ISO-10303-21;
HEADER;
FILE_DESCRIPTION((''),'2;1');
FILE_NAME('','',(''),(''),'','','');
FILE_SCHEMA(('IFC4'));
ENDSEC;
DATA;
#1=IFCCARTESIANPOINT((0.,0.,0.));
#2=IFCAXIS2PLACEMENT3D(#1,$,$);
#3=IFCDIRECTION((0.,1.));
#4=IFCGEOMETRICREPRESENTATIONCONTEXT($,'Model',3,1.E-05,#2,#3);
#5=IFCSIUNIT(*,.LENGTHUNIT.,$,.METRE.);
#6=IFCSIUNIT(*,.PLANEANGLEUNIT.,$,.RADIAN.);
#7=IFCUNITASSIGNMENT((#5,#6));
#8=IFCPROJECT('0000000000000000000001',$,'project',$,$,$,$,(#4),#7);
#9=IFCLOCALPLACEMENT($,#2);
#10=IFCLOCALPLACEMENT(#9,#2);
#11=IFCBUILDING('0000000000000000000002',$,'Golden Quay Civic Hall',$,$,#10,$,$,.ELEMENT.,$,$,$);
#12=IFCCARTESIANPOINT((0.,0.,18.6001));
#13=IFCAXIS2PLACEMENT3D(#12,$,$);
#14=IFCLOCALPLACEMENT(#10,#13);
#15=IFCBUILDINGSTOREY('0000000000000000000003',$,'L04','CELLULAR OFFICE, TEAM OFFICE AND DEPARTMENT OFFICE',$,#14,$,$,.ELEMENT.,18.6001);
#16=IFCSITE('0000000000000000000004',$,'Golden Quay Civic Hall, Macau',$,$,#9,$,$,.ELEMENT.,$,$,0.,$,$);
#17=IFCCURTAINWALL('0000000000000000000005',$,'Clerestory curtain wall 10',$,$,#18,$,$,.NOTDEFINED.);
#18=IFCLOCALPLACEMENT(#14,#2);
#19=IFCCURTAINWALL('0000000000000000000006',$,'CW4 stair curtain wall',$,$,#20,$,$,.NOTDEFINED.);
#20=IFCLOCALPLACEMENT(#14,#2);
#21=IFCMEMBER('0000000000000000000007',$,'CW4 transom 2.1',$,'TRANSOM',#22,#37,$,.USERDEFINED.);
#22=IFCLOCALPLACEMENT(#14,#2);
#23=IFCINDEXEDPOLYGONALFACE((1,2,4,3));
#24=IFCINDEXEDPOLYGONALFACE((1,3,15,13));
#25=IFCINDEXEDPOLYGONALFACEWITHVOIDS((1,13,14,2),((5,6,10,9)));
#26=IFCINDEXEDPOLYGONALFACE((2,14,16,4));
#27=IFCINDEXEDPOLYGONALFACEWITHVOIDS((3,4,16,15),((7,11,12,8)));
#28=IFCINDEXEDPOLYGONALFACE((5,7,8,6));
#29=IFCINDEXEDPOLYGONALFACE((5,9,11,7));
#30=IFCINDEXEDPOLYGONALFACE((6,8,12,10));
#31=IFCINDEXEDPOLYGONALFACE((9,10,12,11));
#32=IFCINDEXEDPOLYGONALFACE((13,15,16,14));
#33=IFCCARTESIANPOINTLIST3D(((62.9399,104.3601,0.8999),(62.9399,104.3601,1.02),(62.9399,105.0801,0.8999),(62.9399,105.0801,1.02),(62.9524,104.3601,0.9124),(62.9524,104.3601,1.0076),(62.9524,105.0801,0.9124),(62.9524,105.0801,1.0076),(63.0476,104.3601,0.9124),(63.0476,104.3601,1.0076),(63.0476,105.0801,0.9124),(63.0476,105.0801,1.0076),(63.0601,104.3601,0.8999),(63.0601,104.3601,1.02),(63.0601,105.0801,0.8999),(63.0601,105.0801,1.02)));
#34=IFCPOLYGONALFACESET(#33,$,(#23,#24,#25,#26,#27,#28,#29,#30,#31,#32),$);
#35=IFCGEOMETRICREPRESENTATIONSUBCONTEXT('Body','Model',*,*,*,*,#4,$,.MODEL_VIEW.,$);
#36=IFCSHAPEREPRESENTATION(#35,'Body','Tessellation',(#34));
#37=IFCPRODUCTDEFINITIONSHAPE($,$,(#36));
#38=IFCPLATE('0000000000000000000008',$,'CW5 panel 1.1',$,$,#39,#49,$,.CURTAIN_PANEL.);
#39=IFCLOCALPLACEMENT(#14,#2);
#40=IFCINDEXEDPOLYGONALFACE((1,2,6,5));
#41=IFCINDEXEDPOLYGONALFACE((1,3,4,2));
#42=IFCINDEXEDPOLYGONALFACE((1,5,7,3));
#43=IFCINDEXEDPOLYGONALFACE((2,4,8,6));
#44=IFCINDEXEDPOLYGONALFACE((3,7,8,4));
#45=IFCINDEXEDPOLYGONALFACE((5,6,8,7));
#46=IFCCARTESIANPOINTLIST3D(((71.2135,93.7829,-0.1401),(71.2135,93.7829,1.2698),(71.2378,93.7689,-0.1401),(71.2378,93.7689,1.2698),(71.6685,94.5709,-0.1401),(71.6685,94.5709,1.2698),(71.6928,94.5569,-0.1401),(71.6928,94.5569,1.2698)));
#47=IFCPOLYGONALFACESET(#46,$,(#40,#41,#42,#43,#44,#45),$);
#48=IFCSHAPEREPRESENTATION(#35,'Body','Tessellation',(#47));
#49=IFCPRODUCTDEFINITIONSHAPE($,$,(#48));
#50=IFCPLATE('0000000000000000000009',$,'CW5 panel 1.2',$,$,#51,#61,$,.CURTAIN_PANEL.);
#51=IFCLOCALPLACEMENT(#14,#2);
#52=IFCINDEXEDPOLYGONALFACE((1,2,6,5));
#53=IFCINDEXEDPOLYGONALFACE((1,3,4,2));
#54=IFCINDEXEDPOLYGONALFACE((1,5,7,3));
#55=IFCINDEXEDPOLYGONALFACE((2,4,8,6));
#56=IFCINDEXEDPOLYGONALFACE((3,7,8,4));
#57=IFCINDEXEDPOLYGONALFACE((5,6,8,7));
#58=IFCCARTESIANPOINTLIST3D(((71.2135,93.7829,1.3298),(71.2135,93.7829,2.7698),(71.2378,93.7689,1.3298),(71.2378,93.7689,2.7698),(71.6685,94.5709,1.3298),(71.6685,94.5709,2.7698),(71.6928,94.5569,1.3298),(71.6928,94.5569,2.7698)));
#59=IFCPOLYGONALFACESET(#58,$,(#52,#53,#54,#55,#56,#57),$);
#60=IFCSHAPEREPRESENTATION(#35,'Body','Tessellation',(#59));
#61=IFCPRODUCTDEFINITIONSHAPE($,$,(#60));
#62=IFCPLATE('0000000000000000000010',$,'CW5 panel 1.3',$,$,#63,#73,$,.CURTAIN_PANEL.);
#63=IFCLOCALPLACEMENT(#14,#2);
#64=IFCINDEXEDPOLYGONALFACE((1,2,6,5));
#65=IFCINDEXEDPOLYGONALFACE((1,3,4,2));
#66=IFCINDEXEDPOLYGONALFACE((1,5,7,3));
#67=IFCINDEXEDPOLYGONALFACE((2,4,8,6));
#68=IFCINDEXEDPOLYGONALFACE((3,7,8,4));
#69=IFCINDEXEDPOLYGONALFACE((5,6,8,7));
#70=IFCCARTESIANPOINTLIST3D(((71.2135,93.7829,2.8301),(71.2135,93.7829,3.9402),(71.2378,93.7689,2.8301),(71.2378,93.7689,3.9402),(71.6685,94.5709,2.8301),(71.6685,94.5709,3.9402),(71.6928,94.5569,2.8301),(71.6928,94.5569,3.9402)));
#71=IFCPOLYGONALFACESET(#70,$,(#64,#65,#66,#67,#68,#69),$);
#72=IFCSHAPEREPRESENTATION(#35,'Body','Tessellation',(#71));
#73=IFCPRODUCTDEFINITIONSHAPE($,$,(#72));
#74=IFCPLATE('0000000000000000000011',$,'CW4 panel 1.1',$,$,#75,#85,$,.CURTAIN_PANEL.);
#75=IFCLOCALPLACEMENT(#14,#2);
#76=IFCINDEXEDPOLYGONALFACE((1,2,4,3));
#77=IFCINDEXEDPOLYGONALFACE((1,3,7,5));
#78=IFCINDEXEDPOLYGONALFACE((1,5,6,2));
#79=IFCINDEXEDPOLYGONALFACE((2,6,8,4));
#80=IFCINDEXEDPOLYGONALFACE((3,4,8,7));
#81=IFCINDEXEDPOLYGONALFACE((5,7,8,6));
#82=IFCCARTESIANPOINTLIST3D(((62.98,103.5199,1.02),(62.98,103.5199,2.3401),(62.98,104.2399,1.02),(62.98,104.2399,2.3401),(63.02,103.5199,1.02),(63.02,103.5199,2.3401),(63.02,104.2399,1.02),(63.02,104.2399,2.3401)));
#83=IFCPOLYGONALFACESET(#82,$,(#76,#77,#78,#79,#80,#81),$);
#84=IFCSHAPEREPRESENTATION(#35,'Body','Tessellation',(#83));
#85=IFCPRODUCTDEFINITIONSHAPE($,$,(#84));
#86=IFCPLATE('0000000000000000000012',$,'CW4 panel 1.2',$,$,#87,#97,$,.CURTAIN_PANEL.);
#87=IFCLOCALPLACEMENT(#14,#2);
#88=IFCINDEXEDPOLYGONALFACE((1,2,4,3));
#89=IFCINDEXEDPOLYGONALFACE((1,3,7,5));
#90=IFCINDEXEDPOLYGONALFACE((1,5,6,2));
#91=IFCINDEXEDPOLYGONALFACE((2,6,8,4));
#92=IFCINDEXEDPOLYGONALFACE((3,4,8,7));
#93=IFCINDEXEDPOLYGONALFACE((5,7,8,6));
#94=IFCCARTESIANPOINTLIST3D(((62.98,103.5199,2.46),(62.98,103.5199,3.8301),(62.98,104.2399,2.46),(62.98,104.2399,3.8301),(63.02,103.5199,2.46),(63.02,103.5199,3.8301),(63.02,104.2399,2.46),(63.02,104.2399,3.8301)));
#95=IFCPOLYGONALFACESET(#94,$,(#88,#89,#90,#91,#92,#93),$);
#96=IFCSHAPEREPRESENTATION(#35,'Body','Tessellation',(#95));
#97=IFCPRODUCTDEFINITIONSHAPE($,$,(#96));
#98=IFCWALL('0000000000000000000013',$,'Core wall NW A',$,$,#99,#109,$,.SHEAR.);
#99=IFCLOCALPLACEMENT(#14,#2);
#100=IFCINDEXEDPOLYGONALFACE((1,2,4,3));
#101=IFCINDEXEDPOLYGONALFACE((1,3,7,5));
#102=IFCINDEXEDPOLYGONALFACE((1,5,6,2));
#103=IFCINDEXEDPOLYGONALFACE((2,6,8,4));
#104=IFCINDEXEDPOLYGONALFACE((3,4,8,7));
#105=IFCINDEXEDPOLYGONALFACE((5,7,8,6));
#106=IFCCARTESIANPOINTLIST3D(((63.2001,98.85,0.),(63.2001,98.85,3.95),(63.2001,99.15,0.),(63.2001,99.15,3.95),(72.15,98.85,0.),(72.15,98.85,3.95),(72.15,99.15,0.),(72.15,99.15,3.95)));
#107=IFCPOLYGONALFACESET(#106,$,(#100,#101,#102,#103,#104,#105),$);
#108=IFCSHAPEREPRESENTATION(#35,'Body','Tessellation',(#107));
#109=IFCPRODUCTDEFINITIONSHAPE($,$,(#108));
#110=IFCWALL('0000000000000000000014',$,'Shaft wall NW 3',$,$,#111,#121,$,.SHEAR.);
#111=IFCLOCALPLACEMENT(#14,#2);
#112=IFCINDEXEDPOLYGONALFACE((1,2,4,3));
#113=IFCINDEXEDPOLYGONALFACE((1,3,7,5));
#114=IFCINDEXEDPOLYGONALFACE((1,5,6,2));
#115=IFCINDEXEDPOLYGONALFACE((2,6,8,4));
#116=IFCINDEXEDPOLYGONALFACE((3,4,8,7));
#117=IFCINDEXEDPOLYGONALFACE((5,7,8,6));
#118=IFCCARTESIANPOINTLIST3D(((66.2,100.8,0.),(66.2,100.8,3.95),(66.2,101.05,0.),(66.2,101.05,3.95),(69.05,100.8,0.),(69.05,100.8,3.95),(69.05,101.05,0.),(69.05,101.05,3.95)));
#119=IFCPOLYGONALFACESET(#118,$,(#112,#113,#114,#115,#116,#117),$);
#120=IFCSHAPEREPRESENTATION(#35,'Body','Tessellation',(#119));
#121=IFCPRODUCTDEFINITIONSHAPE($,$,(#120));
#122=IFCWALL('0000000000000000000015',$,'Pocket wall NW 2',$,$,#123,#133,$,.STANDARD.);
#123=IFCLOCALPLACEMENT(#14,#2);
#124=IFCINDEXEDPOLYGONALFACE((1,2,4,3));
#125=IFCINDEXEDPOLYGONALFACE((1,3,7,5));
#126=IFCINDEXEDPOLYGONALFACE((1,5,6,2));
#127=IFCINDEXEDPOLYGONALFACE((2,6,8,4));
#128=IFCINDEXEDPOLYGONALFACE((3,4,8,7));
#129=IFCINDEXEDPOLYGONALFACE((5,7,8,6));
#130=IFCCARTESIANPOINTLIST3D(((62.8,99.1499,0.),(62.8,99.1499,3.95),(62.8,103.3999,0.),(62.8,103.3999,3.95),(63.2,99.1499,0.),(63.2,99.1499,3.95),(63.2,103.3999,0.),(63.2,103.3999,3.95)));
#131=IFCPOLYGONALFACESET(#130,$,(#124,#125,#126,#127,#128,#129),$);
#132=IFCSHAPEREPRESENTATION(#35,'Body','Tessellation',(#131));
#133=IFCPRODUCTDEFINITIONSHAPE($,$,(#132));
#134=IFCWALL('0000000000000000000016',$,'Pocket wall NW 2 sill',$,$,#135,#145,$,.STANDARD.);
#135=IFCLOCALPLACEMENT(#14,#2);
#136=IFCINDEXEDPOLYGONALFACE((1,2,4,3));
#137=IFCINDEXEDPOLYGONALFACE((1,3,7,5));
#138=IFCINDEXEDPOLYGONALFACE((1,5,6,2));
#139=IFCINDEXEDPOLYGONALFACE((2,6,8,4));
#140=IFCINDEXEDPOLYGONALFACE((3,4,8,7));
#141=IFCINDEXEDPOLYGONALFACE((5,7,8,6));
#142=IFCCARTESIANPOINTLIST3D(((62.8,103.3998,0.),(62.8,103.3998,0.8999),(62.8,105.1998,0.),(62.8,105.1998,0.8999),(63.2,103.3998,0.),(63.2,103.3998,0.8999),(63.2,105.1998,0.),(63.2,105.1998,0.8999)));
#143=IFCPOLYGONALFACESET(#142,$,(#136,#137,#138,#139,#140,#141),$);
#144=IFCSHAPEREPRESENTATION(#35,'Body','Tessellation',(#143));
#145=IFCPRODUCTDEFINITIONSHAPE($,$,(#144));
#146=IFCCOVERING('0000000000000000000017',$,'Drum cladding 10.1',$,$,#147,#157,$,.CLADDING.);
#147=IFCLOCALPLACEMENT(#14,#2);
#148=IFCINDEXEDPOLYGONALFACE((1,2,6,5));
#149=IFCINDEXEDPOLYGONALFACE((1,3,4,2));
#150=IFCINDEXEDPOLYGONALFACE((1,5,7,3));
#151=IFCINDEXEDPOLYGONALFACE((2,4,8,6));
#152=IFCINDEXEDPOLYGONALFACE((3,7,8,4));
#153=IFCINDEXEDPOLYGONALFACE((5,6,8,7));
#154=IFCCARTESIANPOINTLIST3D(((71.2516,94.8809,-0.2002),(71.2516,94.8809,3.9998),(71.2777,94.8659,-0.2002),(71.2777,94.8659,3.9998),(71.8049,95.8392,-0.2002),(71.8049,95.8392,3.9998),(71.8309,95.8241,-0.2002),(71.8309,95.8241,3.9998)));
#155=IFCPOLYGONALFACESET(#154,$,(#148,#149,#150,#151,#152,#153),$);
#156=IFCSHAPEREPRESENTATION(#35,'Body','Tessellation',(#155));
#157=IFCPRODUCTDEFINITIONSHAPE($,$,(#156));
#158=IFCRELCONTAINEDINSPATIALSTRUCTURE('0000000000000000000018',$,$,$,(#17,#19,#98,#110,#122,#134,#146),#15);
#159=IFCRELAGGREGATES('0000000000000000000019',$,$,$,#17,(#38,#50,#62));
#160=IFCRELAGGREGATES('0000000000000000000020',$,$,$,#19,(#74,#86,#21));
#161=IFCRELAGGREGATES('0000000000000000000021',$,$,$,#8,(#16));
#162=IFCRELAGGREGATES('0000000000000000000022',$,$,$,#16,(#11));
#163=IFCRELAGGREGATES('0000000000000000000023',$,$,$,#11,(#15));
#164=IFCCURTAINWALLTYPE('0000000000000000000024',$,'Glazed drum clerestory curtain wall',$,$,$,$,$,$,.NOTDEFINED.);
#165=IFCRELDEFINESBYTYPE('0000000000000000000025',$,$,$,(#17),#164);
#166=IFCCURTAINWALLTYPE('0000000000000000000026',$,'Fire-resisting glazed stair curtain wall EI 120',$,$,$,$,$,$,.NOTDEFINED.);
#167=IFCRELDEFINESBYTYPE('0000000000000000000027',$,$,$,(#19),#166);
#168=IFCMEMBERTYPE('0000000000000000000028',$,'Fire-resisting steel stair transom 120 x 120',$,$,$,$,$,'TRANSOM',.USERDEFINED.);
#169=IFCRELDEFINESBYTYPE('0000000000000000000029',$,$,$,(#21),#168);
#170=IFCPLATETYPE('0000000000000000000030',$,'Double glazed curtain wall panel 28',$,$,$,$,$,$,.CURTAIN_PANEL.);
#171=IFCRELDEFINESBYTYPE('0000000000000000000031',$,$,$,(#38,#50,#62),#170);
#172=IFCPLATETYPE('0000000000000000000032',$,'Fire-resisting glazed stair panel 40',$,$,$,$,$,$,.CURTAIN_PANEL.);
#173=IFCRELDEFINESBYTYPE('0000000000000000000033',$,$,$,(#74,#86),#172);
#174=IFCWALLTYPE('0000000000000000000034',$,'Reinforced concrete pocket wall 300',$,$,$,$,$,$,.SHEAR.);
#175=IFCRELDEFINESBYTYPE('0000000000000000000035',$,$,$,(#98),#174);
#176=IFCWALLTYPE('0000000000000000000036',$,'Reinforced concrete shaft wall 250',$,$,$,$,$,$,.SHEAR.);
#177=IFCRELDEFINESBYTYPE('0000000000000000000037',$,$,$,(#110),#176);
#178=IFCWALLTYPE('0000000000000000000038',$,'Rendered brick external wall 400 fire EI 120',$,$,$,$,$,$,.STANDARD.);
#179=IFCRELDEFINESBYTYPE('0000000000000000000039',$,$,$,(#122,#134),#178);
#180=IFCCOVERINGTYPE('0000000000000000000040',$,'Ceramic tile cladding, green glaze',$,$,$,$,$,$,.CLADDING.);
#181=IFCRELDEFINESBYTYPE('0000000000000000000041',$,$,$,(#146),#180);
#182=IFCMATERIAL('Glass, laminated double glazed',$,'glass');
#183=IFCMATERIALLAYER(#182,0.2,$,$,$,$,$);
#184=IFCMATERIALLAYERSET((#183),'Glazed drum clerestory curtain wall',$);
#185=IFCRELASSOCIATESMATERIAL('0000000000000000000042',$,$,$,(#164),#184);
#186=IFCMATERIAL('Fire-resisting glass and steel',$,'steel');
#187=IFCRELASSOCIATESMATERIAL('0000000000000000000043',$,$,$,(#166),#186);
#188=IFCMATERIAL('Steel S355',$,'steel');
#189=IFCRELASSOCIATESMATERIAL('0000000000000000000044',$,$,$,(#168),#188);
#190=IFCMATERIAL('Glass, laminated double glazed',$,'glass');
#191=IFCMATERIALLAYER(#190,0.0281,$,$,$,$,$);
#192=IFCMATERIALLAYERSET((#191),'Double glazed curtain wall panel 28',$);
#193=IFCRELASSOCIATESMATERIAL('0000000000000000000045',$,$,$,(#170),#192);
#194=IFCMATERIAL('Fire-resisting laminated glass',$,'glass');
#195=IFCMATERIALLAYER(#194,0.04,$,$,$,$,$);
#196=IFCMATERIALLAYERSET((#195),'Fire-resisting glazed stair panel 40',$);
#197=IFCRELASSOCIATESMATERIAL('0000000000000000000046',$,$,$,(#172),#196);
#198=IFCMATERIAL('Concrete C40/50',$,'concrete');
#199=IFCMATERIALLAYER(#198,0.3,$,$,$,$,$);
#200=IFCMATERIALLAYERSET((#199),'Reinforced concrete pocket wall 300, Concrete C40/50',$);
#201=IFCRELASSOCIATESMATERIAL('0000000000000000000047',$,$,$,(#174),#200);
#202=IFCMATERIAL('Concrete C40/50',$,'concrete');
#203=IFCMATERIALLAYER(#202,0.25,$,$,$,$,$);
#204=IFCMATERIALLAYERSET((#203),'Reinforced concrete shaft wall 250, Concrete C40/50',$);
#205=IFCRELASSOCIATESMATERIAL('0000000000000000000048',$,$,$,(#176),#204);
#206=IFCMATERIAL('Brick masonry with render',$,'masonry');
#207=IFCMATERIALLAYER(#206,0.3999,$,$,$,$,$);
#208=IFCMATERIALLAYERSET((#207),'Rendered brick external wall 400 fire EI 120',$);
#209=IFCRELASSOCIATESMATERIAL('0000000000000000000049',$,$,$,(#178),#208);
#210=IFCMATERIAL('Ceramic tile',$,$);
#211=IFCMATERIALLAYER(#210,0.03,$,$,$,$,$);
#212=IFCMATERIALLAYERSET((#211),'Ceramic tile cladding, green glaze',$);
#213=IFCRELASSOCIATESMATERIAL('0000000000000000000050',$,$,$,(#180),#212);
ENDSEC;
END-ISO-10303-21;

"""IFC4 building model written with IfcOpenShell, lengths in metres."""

from ifc_helpers import new_model, si_unit, direction, frame, frame_2d, origin, origin_2d, place, context, subcontext, project, spatial, rectangle, hollow_rectangle, extrude, material, layer, layer_set, material_profile, profile_set, type_object, element, aggregate, save


model = new_model("IFC4")

# Units and contexts
model_context = context("Model", 3, precision=1e-05, world=origin(), true_north=direction((0.0, 1.0)))
body_context = subcontext(model_context, "Body", "Model", "MODEL_VIEW")
ifc_project = project(units=[si_unit("LENGTHUNIT", "METRE"), si_unit("PLANEANGLEUNIT", "RADIAN")], contexts=[model_context])

# Site, building, storey
site_placement = place(None, origin())
site = spatial("IfcSite", under=ifc_project, at=site_placement, Name="Golden Quay Civic Hall, Macau", CompositionType="ELEMENT", RefElevation=0.0)
building_placement = place(site_placement, origin())
building = spatial("IfcBuilding", under=site, at=building_placement, Name="Golden Quay Civic Hall", CompositionType="ELEMENT")
storey_placement = place(building_placement, frame((0.0, 0.0, 18.6001)))
storey = spatial("IfcBuildingStorey", under=building, at=storey_placement, Name="L04", Description="CELLULAR OFFICE, TEAM OFFICE AND DEPARTMENT OFFICE", CompositionType="ELEMENT", Elevation=18.6001)

# Curtain walls, member
ifc_material_1 = material(Name="Glass, laminated double glazed", Category="glass")
ifc_layer_1 = layer(ifc_material_1, 0.2)
ifc_layer_set_1 = layer_set([ifc_layer_1], Name="Glazed drum clerestory curtain wall")
curtain_wall_type_1 = type_object("IfcCurtainWallType", Name="Glazed drum clerestory curtain wall", PredefinedType="NOTDEFINED", material=ifc_layer_set_1)
curtain_wall_1_placement = place(storey_placement, origin())
curtain_wall_1 = element("IfcCurtainWall", 1, at=curtain_wall_1_placement, inside=storey, type_object=curtain_wall_type_1, Name="Clerestory curtain wall 10", PredefinedType="NOTDEFINED")
ifc_material_2 = material(Name="Fire-resisting glass and steel", Category="steel")
curtain_wall_type_2 = type_object("IfcCurtainWallType", Name="Fire-resisting glazed stair curtain wall EI 120", PredefinedType="NOTDEFINED", material=ifc_material_2)
curtain_wall_2_placement = place(storey_placement, origin())
curtain_wall_2 = element("IfcCurtainWall", 2, at=curtain_wall_2_placement, inside=storey, type_object=curtain_wall_type_2, Name="CW4 stair curtain wall", PredefinedType="NOTDEFINED")
ifc_material_3 = material(Name="Steel S355", Category="steel")
ifc_material_profile_1 = material_profile(ifc_material_3, hollow_rectangle(XDim=0.1201, YDim=0.1201, WallThickness=0.0125, at=origin_2d()), Name="SHS 120x120x12.5")
ifc_profile_set_1 = profile_set([ifc_material_profile_1], Name="Steel S355")
member_type_1 = type_object("IfcMemberType", Name="Fire-resisting steel stair transom 120 x 120", ElementType="TRANSOM", PredefinedType="USERDEFINED", material=ifc_profile_set_1)
member_1_placement = place(storey_placement, frame((63.0, 104.3601, 0.96), z_axis=(0.0, 1.0, 0.0), x_axis=(-1.0, 0.0, 0.0)))
member_1 = element("IfcMember", 3, at=member_1_placement, type_object=member_type_1, Name="CW4 transom 2.1", ObjectType="TRANSOM", PredefinedType="USERDEFINED", context=body_context, shape_type="SweptSolid", body=[
    extrude(hollow_rectangle(XDim=0.1201, YDim=0.1201, WallThickness=0.0125, at=origin_2d()), origin(), (0.0, 0.0, 1.0), 0.72),
])

# Plates
ifc_material_4 = material(Name="Glass, laminated double glazed", Category="glass")
ifc_layer_2 = layer(ifc_material_4, 0.0281)
ifc_layer_set_2 = layer_set([ifc_layer_2], Name="Double glazed curtain wall panel 28")
plate_type_1 = type_object("IfcPlateType", Name="Double glazed curtain wall panel 28", PredefinedType="CURTAIN_PANEL", material=ifc_layer_set_2)
plate_1_placement = place(storey_placement, frame((71.4531, 94.1699, -0.1401), z_axis=(0.0, 0.0, 1.0), x_axis=(-0.500011, -0.866019, 0.0)))
plate_1 = element("IfcPlate", 4, at=plate_1_placement, type_object=plate_type_1, Name="CW5 panel 1.1", PredefinedType="CURTAIN_PANEL", context=body_context, shape_type="SweptSolid", body=[
    extrude(rectangle(XDim=0.9099, YDim=0.0281, at=origin_2d()), origin(), (0.0, 0.0, 1.0), 1.4099),
])
plate_2_placement = place(storey_placement, frame((71.4531, 94.1699, 1.3298), z_axis=(0.0, 0.0, 1.0), x_axis=(-0.500011, -0.866019, 0.0)))
plate_2 = element("IfcPlate", 5, at=plate_2_placement, type_object=plate_type_1, Name="CW5 panel 1.2", PredefinedType="CURTAIN_PANEL", context=body_context, shape_type="SweptSolid", body=[
    extrude(rectangle(XDim=0.9099, YDim=0.0281, at=origin_2d()), origin(), (0.0, 0.0, 1.0), 1.4399),
])
plate_3_placement = place(storey_placement, frame((71.4531, 94.1699, 2.8301), z_axis=(0.0, 0.0, 1.0), x_axis=(-0.500011, -0.866019, 0.0)))
plate_3 = element("IfcPlate", 6, at=plate_3_placement, type_object=plate_type_1, Name="CW5 panel 1.3", PredefinedType="CURTAIN_PANEL", context=body_context, shape_type="SweptSolid", body=[
    extrude(rectangle(XDim=0.9099, YDim=0.0281, at=origin_2d()), origin(), (0.0, 0.0, 1.0), 1.1101),
])
aggregate(curtain_wall_1, [plate_1, plate_2, plate_3])
ifc_material_5 = material(Name="Fire-resisting laminated glass", Category="glass")
ifc_layer_3 = layer(ifc_material_5, 0.04)
ifc_layer_set_3 = layer_set([ifc_layer_3], Name="Fire-resisting glazed stair panel 40")
plate_type_2 = type_object("IfcPlateType", Name="Fire-resisting glazed stair panel 40", PredefinedType="CURTAIN_PANEL", material=ifc_layer_set_3)
plate_4_placement = place(storey_placement, frame((63.0, 103.8799, 1.02), z_axis=(0.0, 0.0, 1.0), x_axis=(0.0, 1.0, 0.0)))
plate_4 = element("IfcPlate", 7, at=plate_4_placement, type_object=plate_type_2, Name="CW4 panel 1.1", PredefinedType="CURTAIN_PANEL", context=body_context, shape_type="SweptSolid", body=[
    extrude(rectangle(XDim=0.72, YDim=0.04, at=origin_2d()), origin(), (0.0, 0.0, 1.0), 1.3201),
])
plate_5_placement = place(storey_placement, frame((63.0, 103.8799, 2.46), z_axis=(0.0, 0.0, 1.0), x_axis=(0.0, 1.0, 0.0)))
plate_5 = element("IfcPlate", 8, at=plate_5_placement, type_object=plate_type_2, Name="CW4 panel 1.2", PredefinedType="CURTAIN_PANEL", context=body_context, shape_type="SweptSolid", body=[
    extrude(rectangle(XDim=0.72, YDim=0.04, at=origin_2d()), origin(), (0.0, 0.0, 1.0), 1.3701),
])
aggregate(curtain_wall_2, [plate_4, plate_5, member_1])

# Walls
ifc_material_6 = material(Name="Concrete C40/50", Category="concrete")
ifc_layer_4 = layer(ifc_material_6, 0.3)
ifc_layer_set_4 = layer_set([ifc_layer_4], Name="Reinforced concrete pocket wall 300, Concrete C40/50")
wall_type_1 = type_object("IfcWallType", Name="Reinforced concrete pocket wall 300", PredefinedType="SHEAR", material=ifc_layer_set_4)
wall_1_placement = place(storey_placement, frame((63.2, 99.0, 0.0), z_axis=(0.0, 0.0, 1.0), x_axis=(1.0, 0.0, 0.0)))
element("IfcWall", 9, at=wall_1_placement, inside=storey, type_object=wall_type_1, Name="Core wall NW A", PredefinedType="SHEAR", context=body_context, shape_type="SweptSolid", body=[
    extrude(rectangle(XDim=8.95, YDim=0.3, at=frame_2d((4.4751, 0.0))), origin(), (0.0, 0.0, 1.0), 3.95),
])
ifc_material_7 = material(Name="Concrete C40/50", Category="concrete")
ifc_layer_5 = layer(ifc_material_7, 0.25)
ifc_layer_set_5 = layer_set([ifc_layer_5], Name="Reinforced concrete shaft wall 250, Concrete C40/50")
wall_type_2 = type_object("IfcWallType", Name="Reinforced concrete shaft wall 250", PredefinedType="SHEAR", material=ifc_layer_set_5)
wall_2_placement = place(storey_placement, frame((66.2, 100.925, 0.0), z_axis=(0.0, 0.0, 1.0), x_axis=(1.0, 0.0, 0.0)))
element("IfcWall", 10, at=wall_2_placement, inside=storey, type_object=wall_type_2, Name="Shaft wall NW 3", PredefinedType="SHEAR", context=body_context, shape_type="SweptSolid", body=[
    extrude(rectangle(XDim=2.8501, YDim=0.25, at=frame_2d((1.425, 0.0))), origin(), (0.0, 0.0, 1.0), 3.95),
])
ifc_material_8 = material(Name="Brick masonry with render", Category="masonry")
ifc_layer_6 = layer(ifc_material_8, 0.3999)
ifc_layer_set_6 = layer_set([ifc_layer_6], Name="Rendered brick external wall 400 fire EI 120")
wall_type_3 = type_object("IfcWallType", Name="Rendered brick external wall 400 fire EI 120", PredefinedType="STANDARD", material=ifc_layer_set_6)
wall_3_placement = place(storey_placement, frame((63.0, 99.1499, 0.0), z_axis=(0.0, 0.0, 1.0), x_axis=(0.0, 1.0, 0.0)))
element("IfcWall", 11, at=wall_3_placement, inside=storey, type_object=wall_type_3, Name="Pocket wall NW 2", PredefinedType="STANDARD", context=body_context, shape_type="SweptSolid", body=[
    extrude(rectangle(XDim=4.25, YDim=0.3999, at=frame_2d((2.125, 0.0))), origin(), (0.0, 0.0, 1.0), 3.95),
])
wall_4_placement = place(storey_placement, frame((63.0, 103.3999, 0.0), z_axis=(0.0, 0.0, 1.0), x_axis=(0.0, 1.0, 0.0)))
element("IfcWall", 12, at=wall_4_placement, inside=storey, type_object=wall_type_3, Name="Pocket wall NW 2 sill", PredefinedType="STANDARD", context=body_context, shape_type="SweptSolid", body=[
    extrude(rectangle(XDim=1.8, YDim=0.3999, at=frame_2d((0.8999, 0.0))), origin(), (0.0, 0.0, 1.0), 0.8999),
])

# Covering
ifc_material_9 = material(Name="Ceramic tile")
ifc_layer_7 = layer(ifc_material_9, 0.03)
ifc_layer_set_7 = layer_set([ifc_layer_7], Name="Ceramic tile cladding, green glaze")
covering_type = type_object("IfcCoveringType", Name="Ceramic tile cladding, green glaze", PredefinedType="CLADDING", material=ifc_layer_set_7)
covering_placement = place(storey_placement, frame((71.5413, 95.3525, -0.2002), z_axis=(0.0, 0.0, 1.0), x_axis=(-0.5, -0.866025, 0.0)))
element("IfcCovering", 13, at=covering_placement, inside=storey, type_object=covering_type, Name="Drum cladding 10.1", PredefinedType="CLADDING", context=body_context, shape_type="SweptSolid", body=[
    extrude(rectangle(XDim=1.1064, YDim=0.03, at=origin_2d()), origin(), (0.0, 0.0, 1.0), 4.2),
])

save(model, "model.ifc")
